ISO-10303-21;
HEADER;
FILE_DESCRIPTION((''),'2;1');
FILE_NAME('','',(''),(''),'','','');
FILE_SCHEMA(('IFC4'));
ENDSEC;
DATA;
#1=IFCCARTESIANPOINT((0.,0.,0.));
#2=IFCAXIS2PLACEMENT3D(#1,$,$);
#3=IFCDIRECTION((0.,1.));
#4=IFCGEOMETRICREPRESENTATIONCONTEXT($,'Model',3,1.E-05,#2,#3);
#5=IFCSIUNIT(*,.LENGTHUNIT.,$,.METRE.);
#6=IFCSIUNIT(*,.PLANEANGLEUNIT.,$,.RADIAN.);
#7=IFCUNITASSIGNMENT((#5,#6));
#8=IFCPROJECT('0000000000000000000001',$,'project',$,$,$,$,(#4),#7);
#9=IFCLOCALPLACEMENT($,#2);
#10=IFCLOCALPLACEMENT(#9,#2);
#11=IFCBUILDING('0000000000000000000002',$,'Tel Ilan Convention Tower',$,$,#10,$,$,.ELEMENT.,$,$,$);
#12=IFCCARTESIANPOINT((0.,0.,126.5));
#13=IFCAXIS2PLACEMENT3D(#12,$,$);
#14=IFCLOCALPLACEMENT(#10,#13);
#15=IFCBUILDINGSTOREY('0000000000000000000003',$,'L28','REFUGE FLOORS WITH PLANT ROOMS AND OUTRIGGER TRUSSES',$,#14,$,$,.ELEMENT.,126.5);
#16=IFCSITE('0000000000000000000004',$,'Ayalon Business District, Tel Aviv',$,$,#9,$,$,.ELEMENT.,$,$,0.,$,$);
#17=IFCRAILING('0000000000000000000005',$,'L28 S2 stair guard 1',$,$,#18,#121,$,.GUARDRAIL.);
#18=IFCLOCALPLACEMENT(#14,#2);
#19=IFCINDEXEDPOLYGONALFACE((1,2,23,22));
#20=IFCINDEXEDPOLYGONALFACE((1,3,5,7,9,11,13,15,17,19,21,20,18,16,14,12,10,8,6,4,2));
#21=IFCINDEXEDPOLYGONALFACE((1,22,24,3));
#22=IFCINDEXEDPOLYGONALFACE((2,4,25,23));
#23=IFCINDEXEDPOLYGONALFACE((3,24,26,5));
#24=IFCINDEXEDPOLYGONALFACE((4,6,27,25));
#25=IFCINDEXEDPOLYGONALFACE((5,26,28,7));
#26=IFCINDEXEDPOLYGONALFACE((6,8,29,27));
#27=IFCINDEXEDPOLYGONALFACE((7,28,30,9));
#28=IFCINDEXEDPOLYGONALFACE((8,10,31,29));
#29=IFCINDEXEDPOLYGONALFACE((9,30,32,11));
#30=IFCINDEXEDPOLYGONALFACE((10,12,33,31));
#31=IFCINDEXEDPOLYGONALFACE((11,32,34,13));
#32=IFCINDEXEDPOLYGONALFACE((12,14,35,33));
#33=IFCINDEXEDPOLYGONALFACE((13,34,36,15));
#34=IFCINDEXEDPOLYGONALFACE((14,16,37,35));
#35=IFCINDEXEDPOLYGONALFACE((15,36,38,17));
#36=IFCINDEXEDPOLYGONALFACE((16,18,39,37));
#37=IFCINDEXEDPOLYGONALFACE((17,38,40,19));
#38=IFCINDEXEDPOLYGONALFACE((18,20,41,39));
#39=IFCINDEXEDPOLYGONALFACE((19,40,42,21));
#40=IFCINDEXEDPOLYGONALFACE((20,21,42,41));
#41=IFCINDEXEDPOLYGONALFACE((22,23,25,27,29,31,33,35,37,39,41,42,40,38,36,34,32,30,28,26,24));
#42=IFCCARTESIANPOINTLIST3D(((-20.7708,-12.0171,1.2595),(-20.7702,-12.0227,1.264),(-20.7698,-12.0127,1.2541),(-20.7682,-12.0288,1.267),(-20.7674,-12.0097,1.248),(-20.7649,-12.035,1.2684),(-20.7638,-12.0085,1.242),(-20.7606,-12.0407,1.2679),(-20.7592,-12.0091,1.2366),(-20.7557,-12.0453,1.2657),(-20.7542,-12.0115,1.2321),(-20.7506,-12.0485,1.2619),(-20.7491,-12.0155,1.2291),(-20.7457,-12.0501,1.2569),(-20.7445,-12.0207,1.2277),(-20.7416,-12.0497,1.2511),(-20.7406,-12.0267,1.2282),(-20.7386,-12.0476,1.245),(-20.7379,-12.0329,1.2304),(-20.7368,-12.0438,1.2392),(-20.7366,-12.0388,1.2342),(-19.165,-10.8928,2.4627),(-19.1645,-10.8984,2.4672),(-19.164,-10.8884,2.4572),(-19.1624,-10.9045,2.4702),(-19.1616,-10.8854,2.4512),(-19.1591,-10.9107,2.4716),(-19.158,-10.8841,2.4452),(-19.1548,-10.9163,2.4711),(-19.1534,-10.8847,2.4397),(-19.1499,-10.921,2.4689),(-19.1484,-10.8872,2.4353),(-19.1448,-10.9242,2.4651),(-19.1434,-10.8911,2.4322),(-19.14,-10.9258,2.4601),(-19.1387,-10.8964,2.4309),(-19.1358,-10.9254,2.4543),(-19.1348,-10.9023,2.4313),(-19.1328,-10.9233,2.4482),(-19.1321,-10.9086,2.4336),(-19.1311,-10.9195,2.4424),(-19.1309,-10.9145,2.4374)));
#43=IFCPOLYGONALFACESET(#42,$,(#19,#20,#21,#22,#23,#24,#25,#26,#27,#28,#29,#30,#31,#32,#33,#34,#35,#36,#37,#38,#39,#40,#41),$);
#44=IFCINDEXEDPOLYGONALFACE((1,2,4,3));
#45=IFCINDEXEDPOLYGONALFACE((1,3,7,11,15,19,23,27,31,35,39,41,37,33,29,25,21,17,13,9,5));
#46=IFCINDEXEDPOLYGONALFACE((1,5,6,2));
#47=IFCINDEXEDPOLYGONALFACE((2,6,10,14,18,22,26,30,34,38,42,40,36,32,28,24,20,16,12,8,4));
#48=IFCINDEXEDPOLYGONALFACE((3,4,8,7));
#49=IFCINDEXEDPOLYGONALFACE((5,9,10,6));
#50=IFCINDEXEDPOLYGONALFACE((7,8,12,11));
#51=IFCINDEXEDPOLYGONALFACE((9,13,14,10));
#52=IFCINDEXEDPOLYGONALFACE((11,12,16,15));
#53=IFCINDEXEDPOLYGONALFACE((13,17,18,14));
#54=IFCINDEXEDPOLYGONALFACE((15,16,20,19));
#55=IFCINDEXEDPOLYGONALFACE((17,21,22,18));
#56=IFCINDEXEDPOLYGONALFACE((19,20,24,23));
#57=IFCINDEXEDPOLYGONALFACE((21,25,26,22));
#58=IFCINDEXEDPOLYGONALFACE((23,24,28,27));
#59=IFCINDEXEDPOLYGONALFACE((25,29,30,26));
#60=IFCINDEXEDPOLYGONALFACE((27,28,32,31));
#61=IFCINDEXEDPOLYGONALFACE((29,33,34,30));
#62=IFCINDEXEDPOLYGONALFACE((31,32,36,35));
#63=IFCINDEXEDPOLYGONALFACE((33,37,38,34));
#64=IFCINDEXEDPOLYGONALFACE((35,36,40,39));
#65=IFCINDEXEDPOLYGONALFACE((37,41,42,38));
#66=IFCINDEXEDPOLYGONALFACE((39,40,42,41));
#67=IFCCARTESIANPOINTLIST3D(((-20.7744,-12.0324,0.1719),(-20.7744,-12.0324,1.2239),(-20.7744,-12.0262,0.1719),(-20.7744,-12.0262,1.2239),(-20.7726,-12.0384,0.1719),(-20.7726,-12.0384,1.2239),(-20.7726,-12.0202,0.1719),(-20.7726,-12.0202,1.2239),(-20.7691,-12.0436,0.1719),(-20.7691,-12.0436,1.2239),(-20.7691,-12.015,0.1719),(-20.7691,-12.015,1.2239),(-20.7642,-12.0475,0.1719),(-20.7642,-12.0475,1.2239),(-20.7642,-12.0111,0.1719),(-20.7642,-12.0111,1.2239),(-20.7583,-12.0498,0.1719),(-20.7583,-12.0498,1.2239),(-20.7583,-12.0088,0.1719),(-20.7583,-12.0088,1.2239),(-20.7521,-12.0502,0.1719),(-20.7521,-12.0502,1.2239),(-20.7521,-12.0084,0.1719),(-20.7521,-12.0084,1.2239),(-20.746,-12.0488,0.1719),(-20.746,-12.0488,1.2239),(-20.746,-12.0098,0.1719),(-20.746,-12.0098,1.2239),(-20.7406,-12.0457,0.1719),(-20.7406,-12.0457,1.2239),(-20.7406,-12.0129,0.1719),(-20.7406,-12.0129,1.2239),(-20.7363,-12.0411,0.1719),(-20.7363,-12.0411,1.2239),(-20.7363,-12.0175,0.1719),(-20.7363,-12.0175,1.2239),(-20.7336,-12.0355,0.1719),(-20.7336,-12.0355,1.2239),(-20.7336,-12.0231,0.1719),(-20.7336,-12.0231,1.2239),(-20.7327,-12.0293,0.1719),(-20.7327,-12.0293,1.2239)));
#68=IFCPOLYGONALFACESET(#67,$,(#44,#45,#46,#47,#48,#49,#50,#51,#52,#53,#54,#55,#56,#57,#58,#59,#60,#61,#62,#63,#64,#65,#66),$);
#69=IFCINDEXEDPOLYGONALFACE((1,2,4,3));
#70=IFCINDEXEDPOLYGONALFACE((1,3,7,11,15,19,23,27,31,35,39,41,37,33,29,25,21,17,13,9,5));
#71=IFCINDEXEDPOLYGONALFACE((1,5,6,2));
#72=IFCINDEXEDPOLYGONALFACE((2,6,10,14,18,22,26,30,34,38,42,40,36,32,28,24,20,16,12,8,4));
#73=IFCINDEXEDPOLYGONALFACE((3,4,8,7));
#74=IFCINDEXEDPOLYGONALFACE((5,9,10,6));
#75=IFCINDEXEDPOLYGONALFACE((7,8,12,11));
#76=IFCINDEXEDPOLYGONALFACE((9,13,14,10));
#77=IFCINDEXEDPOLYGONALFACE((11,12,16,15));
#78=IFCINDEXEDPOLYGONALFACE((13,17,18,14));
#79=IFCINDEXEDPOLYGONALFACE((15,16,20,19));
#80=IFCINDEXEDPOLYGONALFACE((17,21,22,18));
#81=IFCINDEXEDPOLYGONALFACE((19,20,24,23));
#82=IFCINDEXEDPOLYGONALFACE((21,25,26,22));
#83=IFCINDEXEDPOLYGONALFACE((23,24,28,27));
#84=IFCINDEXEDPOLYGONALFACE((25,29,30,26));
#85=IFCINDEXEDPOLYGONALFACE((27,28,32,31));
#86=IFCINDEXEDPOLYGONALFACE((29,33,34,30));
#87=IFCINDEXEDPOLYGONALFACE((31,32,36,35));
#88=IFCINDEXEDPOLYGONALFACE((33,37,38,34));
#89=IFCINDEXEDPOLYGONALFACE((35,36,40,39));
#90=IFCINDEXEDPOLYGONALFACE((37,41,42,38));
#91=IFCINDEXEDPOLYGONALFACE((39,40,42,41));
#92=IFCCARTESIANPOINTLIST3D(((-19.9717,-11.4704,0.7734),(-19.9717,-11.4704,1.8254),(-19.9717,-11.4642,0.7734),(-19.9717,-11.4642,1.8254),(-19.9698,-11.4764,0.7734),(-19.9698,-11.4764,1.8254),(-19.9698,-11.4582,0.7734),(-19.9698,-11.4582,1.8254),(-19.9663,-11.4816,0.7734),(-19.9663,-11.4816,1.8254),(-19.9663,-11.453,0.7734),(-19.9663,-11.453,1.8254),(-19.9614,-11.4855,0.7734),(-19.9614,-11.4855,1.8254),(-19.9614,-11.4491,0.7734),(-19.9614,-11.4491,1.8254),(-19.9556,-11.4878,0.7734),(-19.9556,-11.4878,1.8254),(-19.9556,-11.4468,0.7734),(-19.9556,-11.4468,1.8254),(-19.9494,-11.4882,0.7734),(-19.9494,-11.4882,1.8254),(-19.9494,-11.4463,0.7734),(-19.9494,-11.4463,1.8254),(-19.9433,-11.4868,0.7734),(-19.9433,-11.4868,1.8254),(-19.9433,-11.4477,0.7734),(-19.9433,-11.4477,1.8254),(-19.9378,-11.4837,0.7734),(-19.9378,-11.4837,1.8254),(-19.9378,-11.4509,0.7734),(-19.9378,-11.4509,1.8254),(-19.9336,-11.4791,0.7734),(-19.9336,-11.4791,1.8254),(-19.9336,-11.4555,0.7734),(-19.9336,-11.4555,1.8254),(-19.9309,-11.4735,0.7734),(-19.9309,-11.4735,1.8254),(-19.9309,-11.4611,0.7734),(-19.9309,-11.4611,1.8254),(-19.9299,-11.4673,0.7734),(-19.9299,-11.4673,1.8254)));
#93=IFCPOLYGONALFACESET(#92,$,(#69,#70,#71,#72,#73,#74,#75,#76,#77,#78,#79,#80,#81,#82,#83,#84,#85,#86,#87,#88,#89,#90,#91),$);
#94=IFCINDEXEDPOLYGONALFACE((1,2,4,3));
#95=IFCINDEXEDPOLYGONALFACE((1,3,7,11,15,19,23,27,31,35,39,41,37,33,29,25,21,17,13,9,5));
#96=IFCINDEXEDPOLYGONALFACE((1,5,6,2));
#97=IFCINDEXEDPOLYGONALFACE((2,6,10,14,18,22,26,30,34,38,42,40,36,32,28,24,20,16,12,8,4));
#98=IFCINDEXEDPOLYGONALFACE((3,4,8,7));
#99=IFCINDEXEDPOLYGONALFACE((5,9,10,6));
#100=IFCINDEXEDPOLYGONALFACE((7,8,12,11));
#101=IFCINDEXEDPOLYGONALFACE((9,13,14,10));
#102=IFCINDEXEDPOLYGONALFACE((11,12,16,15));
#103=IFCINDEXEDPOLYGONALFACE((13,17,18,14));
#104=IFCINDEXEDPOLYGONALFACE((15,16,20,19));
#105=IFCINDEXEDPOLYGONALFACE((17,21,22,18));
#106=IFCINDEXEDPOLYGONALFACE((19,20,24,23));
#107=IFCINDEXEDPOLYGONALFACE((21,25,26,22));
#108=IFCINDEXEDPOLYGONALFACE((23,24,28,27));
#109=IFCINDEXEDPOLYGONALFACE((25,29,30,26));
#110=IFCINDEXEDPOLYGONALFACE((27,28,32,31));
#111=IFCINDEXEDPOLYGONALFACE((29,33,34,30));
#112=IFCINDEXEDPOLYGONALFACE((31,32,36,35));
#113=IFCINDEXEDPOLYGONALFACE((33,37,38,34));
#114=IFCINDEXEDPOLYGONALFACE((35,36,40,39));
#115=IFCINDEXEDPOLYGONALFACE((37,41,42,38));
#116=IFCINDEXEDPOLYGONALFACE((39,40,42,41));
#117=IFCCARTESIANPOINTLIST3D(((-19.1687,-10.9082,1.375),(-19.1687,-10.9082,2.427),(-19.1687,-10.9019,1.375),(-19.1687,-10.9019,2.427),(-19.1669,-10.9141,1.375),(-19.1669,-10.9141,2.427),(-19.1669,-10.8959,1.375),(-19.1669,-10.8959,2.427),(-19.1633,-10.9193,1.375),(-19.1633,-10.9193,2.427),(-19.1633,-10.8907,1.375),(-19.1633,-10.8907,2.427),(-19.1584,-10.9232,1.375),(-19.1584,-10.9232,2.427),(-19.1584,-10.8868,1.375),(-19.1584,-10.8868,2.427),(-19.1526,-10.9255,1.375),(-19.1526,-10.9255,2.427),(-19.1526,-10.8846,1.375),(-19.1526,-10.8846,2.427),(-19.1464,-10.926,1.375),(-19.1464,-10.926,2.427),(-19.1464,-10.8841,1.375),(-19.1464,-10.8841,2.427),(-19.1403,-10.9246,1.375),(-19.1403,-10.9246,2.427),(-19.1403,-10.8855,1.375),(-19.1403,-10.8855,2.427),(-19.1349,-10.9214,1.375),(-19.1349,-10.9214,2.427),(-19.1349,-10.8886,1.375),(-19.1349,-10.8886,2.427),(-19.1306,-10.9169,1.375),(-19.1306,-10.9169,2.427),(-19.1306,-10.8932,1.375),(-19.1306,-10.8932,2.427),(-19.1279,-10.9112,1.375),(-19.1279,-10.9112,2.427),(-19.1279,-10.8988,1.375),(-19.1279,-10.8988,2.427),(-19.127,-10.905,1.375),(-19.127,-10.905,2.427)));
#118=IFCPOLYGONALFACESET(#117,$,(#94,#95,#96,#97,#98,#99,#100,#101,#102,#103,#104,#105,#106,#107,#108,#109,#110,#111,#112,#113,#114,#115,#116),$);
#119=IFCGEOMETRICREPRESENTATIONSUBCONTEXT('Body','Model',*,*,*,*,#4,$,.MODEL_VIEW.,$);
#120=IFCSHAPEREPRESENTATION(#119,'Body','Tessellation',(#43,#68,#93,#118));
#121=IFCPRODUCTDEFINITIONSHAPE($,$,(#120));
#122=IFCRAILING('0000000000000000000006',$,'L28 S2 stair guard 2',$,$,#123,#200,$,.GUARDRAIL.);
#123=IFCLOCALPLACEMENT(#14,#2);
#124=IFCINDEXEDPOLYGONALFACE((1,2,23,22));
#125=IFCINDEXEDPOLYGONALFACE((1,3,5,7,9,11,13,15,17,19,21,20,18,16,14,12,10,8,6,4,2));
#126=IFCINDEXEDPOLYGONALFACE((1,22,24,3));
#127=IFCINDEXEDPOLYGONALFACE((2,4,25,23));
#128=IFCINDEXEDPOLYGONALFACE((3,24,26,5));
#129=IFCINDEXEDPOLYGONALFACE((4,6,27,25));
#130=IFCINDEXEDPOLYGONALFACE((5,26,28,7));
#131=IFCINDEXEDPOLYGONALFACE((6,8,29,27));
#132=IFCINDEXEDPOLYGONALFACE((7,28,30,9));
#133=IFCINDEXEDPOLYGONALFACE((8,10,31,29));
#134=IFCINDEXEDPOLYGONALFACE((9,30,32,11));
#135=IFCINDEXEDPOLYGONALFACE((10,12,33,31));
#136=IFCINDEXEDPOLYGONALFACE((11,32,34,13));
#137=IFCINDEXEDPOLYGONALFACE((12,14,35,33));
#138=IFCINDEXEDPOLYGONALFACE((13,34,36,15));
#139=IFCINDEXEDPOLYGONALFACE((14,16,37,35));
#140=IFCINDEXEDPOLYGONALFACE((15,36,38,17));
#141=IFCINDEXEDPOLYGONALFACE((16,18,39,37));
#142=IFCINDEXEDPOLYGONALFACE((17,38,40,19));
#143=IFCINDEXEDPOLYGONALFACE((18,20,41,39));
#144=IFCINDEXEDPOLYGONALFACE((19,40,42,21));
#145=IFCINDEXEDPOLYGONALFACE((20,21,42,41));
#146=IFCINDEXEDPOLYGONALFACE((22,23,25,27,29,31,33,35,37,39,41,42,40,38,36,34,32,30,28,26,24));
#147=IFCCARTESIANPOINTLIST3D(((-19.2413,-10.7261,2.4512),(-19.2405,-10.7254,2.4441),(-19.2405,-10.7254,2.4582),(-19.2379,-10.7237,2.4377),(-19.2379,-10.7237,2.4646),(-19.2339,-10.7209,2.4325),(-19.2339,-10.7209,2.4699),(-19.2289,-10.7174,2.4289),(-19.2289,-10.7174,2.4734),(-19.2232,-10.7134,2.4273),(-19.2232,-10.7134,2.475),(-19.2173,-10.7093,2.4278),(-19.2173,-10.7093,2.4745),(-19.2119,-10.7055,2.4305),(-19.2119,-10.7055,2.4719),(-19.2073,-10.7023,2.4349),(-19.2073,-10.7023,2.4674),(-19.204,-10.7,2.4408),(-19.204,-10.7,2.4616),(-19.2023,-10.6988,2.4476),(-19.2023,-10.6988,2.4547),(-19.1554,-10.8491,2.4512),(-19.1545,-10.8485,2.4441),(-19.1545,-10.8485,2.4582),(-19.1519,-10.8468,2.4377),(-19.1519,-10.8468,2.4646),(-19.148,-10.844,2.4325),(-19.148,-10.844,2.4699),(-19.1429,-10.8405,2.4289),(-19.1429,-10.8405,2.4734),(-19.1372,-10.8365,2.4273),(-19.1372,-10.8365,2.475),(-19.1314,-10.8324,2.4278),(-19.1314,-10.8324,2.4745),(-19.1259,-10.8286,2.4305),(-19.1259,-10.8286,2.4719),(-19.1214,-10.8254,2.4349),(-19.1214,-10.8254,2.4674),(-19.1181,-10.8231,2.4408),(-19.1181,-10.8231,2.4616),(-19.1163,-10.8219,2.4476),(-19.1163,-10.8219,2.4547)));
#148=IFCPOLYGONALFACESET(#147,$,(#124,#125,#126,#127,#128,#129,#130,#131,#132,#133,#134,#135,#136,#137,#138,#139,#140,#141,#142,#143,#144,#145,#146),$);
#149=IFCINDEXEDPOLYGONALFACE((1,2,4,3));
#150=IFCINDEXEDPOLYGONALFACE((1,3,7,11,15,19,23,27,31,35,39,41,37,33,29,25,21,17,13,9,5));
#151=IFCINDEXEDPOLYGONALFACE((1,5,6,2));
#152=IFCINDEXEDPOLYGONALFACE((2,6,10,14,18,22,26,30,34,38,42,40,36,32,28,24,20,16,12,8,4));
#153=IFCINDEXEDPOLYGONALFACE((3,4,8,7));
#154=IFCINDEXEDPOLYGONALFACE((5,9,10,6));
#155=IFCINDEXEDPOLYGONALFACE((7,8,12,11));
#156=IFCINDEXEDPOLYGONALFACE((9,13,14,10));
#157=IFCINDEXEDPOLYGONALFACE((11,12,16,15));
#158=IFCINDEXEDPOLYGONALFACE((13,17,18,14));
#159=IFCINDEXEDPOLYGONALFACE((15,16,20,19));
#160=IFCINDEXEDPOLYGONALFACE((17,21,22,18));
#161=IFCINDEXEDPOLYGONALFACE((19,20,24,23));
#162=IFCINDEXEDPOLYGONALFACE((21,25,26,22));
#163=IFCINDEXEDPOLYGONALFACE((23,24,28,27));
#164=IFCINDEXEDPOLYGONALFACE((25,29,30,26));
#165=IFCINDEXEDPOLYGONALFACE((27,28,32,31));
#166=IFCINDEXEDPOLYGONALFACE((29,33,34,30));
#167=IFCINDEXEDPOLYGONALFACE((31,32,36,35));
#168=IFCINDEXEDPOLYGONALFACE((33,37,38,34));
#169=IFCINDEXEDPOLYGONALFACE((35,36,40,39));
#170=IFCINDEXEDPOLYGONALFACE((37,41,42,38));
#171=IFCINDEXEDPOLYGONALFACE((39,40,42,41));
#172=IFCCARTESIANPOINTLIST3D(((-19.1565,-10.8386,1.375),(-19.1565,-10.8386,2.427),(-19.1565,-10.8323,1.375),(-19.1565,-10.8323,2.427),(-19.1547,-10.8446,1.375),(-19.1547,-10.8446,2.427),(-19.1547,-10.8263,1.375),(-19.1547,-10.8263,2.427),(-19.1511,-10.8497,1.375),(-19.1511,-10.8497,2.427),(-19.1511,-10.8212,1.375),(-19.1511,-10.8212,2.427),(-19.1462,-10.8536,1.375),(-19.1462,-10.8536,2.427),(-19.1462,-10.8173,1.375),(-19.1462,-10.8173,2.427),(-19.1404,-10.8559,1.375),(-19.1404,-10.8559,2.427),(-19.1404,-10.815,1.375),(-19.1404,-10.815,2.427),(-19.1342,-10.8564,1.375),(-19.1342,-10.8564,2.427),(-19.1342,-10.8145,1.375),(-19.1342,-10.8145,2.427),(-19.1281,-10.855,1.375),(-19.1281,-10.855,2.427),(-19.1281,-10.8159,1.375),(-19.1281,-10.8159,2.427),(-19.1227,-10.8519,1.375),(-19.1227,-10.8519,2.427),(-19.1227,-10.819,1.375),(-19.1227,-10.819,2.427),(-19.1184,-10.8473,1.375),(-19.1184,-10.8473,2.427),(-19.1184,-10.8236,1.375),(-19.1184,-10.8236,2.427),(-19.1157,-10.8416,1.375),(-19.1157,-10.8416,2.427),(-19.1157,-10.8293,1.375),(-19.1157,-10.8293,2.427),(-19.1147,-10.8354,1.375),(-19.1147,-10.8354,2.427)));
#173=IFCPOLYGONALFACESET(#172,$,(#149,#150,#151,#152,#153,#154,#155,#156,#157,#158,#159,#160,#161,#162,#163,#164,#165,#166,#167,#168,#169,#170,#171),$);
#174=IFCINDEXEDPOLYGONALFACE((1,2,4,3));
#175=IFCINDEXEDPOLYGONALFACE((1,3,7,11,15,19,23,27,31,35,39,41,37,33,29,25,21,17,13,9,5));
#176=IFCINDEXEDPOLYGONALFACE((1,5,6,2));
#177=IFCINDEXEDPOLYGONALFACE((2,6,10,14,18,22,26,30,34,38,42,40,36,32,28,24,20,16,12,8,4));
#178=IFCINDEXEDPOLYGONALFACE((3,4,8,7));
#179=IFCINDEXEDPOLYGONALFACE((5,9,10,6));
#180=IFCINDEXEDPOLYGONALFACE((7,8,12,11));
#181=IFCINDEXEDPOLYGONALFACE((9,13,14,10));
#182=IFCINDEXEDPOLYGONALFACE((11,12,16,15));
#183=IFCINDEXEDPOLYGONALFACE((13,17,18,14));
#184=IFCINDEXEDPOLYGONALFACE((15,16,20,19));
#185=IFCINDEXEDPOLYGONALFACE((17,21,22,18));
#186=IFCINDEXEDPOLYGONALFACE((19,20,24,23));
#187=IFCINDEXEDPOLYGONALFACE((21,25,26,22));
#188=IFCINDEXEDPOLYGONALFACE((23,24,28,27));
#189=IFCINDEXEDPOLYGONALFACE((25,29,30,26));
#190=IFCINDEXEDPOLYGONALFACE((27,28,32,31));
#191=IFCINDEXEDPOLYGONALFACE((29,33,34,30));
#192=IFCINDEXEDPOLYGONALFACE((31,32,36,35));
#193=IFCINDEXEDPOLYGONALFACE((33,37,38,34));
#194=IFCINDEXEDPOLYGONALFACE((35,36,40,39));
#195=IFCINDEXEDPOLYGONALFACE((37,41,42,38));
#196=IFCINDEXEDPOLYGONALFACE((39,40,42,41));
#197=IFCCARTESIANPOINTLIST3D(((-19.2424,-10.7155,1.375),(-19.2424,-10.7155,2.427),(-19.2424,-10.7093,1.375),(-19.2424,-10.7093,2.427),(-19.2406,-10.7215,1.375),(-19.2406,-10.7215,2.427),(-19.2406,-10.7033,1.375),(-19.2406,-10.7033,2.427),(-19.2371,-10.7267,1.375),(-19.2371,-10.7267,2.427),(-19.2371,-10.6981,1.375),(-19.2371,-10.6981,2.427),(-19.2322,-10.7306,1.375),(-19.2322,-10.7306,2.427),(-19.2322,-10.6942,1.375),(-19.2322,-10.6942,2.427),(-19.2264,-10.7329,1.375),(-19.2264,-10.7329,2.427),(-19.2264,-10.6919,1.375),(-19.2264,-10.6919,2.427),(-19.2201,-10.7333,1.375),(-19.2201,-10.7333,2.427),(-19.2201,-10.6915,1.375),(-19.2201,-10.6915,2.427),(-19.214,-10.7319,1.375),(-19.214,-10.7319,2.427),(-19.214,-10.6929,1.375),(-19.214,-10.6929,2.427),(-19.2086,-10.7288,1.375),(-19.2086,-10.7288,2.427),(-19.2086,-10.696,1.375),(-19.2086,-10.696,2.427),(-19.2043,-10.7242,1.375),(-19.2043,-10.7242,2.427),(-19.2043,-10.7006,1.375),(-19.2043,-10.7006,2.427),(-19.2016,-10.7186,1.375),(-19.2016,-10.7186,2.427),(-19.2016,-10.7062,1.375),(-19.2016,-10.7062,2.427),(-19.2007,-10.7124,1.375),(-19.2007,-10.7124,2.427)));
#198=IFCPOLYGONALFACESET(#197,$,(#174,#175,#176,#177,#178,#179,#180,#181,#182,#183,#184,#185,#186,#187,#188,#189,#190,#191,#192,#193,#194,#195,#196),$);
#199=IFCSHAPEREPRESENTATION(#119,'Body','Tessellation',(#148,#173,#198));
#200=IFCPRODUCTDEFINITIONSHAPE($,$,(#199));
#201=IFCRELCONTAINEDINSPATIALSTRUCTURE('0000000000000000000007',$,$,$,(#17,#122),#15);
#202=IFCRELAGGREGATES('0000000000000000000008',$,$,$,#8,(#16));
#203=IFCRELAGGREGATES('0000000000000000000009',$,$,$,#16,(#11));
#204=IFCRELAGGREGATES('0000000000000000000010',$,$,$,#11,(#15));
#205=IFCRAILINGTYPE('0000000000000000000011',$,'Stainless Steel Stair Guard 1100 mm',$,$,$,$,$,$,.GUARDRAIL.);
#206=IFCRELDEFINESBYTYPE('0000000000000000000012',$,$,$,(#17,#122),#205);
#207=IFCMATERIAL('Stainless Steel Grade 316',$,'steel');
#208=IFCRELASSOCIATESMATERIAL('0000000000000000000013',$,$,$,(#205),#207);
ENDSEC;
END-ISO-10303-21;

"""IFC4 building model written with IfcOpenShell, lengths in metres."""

from ifc_helpers import new_model, si_unit, direction, frame, origin, origin_2d, place, context, subcontext, project, spatial, circle, extrude, material, type_object, element, save


model = new_model("IFC4")

# Units and contexts
model_context = context("Model", 3, precision=1e-05, world=origin(), true_north=direction((0.0, 1.0)))
body_context = subcontext(model_context, "Body", "Model", "MODEL_VIEW")
ifc_project = project(units=[si_unit("LENGTHUNIT", "METRE"), si_unit("PLANEANGLEUNIT", "RADIAN")], contexts=[model_context])

# Site, building, storey
site_placement = place(None, origin())
site = spatial("IfcSite", under=ifc_project, at=site_placement, Name="Ayalon Business District, Tel Aviv", CompositionType="ELEMENT", RefElevation=0.0)
building_placement = place(site_placement, origin())
building = spatial("IfcBuilding", under=site, at=building_placement, Name="Tel Ilan Convention Tower", CompositionType="ELEMENT")
storey_placement = place(building_placement, frame((0.0, 0.0, 126.5)))
storey = spatial("IfcBuildingStorey", under=building, at=storey_placement, Name="L28", Description="REFUGE FLOORS WITH PLANT ROOMS AND OUTRIGGER TRUSSES", CompositionType="ELEMENT", Elevation=126.5)

# Railings
ifc_material_1 = material(Name="Stainless Steel Grade 316", Category="steel")
railing_type_1 = type_object("IfcRailingType", Name="Stainless Steel Stair Guard 1100 mm", PredefinedType="GUARDRAIL", material=ifc_material_1)
railing_1_placement = place(storey_placement, frame((-20.7537, -12.0293, 0.1719)))
element("IfcRailing", 1, at=railing_1_placement, inside=storey, type_object=railing_type_1, Name="L28 S2 stair guard 1", PredefinedType="GUARDRAIL", context=body_context, shape_type="SweptSolid", body=[
    extrude(circle(Radius=0.0239, at=origin_2d()), frame((0.0, 0.0, 1.0762), z_axis=(0.698149, 0.488821, 0.523108), x_axis=(-0.573554, 0.819168, 0.0)), (0.0, 0.0, 1.0), 2.3),
    extrude(circle(Radius=0.021, at=origin_2d()), origin(), (0.0, 0.0, 1.0), 1.052),
    extrude(circle(Radius=0.021, at=origin_2d()), frame((0.8027, 0.562, 0.6016)), (0.0, 0.0, 1.0), 1.052),
    extrude(circle(Radius=0.021, at=origin_2d()), frame((1.6057, 1.1243, 1.2031)), (0.0, 0.0, 1.0), 1.052),
])
railing_2_placement = place(storey_placement, frame((-19.1357, -10.8354, 1.375)))
element("IfcRailing", 2, at=railing_2_placement, inside=storey, type_object=railing_type_1, Name="L28 S2 stair guard 2", PredefinedType="GUARDRAIL", context=body_context, shape_type="SweptSolid", body=[
    extrude(circle(Radius=0.0239, at=origin_2d()), frame((0.0, 0.0, 1.0762), z_axis=(-0.572589, 0.819843, 0.0), x_axis=(-0.819843, -0.572589, 0.0)), (0.0, 0.0, 1.0), 0.1501),
    extrude(circle(Radius=0.021, at=origin_2d()), origin(), (0.0, 0.0, 1.0), 1.052),
    extrude(circle(Radius=0.021, at=origin_2d()), frame((-0.0859, 0.123, 0.0)), (0.0, 0.0, 1.0), 1.052),
])

save(model, "model.ifc")
